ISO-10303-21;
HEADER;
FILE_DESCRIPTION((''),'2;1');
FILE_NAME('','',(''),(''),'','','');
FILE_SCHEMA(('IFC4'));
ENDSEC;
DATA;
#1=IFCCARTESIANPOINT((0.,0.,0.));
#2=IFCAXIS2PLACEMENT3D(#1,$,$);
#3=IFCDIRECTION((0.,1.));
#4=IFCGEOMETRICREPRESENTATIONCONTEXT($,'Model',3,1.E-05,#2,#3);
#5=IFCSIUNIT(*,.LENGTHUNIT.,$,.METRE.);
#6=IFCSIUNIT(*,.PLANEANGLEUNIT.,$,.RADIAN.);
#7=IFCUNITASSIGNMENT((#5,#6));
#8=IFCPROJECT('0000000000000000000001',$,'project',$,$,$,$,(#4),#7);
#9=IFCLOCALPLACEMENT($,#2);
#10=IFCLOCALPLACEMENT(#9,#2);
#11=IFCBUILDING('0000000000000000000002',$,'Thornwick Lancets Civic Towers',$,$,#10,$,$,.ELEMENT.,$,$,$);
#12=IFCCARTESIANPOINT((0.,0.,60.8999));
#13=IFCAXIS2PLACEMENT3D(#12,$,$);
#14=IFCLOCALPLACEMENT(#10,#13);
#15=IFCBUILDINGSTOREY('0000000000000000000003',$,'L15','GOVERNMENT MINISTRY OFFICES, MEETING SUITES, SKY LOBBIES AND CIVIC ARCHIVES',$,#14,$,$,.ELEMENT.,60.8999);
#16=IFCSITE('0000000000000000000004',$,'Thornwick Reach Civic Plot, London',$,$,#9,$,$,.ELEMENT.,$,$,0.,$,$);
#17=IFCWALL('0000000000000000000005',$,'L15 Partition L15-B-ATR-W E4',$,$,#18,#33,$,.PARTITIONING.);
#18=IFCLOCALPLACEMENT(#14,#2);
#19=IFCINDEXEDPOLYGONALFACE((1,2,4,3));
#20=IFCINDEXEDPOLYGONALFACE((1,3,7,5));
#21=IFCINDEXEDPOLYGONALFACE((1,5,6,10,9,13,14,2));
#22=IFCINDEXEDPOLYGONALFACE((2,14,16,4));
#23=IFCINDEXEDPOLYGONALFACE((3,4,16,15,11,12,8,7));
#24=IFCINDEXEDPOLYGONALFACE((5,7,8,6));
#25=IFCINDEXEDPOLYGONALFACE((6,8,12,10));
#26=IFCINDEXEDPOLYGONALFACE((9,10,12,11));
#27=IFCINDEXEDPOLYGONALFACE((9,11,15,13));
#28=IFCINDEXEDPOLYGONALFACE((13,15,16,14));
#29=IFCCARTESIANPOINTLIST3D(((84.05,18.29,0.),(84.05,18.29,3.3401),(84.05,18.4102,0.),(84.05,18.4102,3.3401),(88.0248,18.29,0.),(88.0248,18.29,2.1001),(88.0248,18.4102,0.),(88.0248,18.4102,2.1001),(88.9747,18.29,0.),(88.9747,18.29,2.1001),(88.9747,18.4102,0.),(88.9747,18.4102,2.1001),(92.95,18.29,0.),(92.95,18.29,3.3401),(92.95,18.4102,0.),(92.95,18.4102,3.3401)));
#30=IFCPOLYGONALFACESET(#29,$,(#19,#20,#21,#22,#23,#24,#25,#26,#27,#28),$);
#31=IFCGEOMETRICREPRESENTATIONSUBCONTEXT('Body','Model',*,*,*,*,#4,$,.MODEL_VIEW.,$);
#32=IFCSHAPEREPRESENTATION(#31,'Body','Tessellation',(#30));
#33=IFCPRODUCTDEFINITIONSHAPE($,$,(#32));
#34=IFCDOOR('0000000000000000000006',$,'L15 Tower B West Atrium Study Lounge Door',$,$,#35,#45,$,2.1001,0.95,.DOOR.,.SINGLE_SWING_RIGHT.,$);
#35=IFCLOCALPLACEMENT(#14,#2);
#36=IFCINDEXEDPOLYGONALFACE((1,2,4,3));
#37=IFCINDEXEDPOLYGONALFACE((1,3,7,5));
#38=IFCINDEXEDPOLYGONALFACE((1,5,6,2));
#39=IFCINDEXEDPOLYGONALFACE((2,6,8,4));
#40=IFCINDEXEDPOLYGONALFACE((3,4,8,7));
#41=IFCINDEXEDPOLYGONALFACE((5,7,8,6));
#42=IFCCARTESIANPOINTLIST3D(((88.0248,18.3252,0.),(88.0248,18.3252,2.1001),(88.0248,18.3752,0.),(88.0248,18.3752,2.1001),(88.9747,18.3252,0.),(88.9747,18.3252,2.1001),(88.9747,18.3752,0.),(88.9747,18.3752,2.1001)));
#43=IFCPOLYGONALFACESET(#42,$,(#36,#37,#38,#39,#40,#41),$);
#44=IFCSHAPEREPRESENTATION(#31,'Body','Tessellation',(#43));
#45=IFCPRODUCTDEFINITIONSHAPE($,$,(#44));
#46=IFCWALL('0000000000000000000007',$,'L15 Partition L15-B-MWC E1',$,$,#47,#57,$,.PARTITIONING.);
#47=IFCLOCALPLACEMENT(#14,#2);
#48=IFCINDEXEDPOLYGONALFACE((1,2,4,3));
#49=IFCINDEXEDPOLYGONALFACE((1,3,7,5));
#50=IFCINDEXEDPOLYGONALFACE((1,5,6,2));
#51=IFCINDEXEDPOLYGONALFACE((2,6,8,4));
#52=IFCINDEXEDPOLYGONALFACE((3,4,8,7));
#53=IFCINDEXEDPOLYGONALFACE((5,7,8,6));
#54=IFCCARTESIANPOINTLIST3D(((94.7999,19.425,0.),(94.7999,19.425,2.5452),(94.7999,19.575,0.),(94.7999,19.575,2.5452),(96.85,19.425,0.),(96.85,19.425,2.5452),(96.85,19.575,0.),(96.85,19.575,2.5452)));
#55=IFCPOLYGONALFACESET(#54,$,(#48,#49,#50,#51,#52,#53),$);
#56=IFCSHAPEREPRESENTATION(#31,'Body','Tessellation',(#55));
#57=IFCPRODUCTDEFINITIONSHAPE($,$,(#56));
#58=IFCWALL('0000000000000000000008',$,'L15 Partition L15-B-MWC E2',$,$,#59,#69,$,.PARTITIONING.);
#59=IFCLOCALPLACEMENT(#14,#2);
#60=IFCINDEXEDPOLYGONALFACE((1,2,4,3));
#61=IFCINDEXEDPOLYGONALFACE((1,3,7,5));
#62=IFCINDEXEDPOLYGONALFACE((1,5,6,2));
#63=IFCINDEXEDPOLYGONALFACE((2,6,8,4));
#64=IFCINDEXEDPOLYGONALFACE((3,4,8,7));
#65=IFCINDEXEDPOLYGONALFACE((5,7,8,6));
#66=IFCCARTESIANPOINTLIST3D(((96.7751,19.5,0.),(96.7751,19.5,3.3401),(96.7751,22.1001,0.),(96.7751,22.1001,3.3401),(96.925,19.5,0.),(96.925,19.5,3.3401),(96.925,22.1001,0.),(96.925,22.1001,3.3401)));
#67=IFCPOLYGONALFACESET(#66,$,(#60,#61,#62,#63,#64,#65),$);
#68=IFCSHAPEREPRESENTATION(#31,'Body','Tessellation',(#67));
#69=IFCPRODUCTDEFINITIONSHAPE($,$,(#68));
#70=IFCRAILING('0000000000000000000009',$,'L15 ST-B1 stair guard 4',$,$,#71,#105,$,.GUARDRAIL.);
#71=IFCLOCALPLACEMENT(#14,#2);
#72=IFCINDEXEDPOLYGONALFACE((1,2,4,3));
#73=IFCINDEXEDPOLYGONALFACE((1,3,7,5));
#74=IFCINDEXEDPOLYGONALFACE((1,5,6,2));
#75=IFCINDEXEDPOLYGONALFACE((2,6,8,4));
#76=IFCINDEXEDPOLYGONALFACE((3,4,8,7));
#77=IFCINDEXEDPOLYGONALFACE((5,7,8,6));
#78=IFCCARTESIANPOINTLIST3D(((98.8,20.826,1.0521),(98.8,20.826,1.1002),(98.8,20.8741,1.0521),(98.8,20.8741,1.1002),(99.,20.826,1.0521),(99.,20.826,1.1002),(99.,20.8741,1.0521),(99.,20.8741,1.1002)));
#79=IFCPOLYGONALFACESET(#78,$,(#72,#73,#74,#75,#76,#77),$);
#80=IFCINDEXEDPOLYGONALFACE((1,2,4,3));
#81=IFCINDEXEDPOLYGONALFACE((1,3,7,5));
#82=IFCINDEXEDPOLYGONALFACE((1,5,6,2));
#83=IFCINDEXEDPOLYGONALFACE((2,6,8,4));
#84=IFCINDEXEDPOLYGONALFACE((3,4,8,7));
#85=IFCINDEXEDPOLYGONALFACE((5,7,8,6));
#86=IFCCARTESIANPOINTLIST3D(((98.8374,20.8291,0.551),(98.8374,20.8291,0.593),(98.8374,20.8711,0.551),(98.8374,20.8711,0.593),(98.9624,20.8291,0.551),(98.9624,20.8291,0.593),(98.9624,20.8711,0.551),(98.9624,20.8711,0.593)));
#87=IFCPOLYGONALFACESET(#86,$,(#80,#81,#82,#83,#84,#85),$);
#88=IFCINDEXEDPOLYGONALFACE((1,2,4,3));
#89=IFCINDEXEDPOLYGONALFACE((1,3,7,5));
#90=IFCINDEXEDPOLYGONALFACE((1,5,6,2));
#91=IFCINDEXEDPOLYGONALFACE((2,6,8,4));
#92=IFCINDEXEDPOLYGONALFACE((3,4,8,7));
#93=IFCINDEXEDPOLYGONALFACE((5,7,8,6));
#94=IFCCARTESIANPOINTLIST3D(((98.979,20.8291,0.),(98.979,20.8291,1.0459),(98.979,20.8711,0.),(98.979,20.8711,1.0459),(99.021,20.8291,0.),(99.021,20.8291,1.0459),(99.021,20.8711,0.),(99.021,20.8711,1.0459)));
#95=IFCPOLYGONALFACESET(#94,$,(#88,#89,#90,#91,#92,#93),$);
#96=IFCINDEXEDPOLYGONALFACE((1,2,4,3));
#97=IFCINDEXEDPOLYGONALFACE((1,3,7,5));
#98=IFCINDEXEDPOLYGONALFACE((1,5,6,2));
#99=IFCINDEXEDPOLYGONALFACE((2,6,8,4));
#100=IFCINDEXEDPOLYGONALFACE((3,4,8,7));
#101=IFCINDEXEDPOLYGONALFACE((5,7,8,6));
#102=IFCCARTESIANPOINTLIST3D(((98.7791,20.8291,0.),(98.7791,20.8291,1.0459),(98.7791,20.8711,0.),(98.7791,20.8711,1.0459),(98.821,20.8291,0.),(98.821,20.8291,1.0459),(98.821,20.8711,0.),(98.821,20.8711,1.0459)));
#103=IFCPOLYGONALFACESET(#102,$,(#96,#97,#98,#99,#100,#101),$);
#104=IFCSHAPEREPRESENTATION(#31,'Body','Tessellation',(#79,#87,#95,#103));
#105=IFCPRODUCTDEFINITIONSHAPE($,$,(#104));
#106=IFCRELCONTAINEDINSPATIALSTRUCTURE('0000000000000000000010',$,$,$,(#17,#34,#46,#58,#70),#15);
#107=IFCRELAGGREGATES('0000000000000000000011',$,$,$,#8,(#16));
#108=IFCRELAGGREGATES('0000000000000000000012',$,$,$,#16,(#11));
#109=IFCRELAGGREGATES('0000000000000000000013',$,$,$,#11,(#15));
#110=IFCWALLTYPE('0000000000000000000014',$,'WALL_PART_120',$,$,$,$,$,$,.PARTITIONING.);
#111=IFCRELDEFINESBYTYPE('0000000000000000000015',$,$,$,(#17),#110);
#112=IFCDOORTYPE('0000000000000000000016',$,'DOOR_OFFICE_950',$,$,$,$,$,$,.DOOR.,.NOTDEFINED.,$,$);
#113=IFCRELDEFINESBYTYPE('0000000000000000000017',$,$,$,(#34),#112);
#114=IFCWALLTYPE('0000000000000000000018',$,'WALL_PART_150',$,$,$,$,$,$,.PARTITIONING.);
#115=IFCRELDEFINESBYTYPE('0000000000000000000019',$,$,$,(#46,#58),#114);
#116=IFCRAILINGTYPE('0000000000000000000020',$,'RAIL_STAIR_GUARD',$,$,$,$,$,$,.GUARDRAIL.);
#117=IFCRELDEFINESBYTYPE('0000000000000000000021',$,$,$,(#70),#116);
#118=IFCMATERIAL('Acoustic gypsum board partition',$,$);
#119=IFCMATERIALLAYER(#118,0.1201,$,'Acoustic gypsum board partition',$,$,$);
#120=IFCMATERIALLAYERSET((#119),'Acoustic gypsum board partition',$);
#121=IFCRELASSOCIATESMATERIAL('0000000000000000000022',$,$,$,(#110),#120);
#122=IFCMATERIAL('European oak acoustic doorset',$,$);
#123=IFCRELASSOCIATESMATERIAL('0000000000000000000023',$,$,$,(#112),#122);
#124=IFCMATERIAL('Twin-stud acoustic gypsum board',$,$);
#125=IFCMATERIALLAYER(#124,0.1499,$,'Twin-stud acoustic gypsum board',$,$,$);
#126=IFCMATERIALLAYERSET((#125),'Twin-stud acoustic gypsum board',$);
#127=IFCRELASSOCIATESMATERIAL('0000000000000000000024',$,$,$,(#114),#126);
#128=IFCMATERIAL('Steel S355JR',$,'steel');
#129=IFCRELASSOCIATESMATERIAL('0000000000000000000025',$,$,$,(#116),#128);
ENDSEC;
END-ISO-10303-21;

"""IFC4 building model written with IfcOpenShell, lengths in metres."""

from ifc_helpers import new_model, si_unit, direction, frame, frame_2d, origin, origin_2d, place, context, subcontext, project, spatial, rectangle, extrude, material, layer, layer_set, type_object, element, fill, save


model = new_model("IFC4")

# Units and contexts
model_context = context("Model", 3, precision=1e-05, world=origin(), true_north=direction((0.0, 1.0)))
body_context = subcontext(model_context, "Body", "Model", "MODEL_VIEW")
ifc_project = project(units=[si_unit("LENGTHUNIT", "METRE"), si_unit("PLANEANGLEUNIT", "RADIAN")], contexts=[model_context])

# Site, building, storey
site_placement = place(None, origin())
site = spatial("IfcSite", under=ifc_project, at=site_placement, Name="Thornwick Reach Civic Plot, London", CompositionType="ELEMENT", RefElevation=0.0)
building_placement = place(site_placement, origin())
building = spatial("IfcBuilding", under=site, at=building_placement, Name="Thornwick Lancets Civic Towers", CompositionType="ELEMENT")
storey_placement = place(building_placement, frame((0.0, 0.0, 60.8999)))
storey = spatial("IfcBuildingStorey", under=building, at=storey_placement, Name="L15", Description="GOVERNMENT MINISTRY OFFICES, MEETING SUITES, SKY LOBBIES AND CIVIC ARCHIVES", CompositionType="ELEMENT", Elevation=60.8999)

# Shared definitions
ifc_material_1 = material(Name="Acoustic gypsum board partition")
ifc_layer_1 = layer(ifc_material_1, 0.1201, Name="Acoustic gypsum board partition")
ifc_layer_set_1 = layer_set([ifc_layer_1], Name="Acoustic gypsum board partition")
wall_type_1 = type_object("IfcWallType", Name="WALL_PART_120", PredefinedType="PARTITIONING", material=ifc_layer_set_1)

# Wall, opening, door
wall_1_placement = place(storey_placement, frame((92.95, 18.3501, 0.0), z_axis=(0.0, 0.0, 1.0), x_axis=(-1.0, 0.0, 0.0)))
wall_1 = element("IfcWall", 1, at=wall_1_placement, inside=storey, type_object=wall_type_1, Name="L15 Partition L15-B-ATR-W E4", PredefinedType="PARTITIONING", context=body_context, shape_type="SweptSolid", body=[
    extrude(rectangle(XDim=8.8999, YDim=0.1201, at=frame_2d((4.45, 0.0))), origin(), (0.0, 0.0, 1.0), 3.3401),
])
opening_1_placement = place(wall_1_placement, frame((3.9751, 0.0, 0.0)))
opening_1 = element("IfcOpeningElement", 2, at=opening_1_placement, cuts=wall_1, PredefinedType="OPENING", context=body_context, shape_type="SweptSolid", body=[
    extrude(rectangle(XDim=0.95, YDim=2.1001, at=frame_2d((0.4751, 1.05))), frame((0.0, 0.0701, 0.0), z_axis=(0.0, -1.0, 0.0), x_axis=(1.0, 0.0, 0.0)), (0.0, 0.0, 1.0), 0.1401),
])
ifc_material_2 = material(Name="European oak acoustic doorset")
door_type_1 = type_object("IfcDoorType", Name="DOOR_OFFICE_950", OperationType="NOTDEFINED", PredefinedType="DOOR", material=ifc_material_2)
door_1_placement = place(opening_1_placement, origin())
door_1 = element("IfcDoor", 3, at=door_1_placement, inside=storey, type_object=door_type_1, Name="L15 Tower B West Atrium Study Lounge Door", OperationType="SINGLE_SWING_RIGHT", OverallHeight=2.1001, OverallWidth=0.95, PredefinedType="DOOR", context=body_context, shape_type="SweptSolid", body=[
    extrude(rectangle(XDim=0.95, YDim=2.1001, at=frame_2d((0.4751, 1.05))), frame((0.0, 0.0249, 0.0), z_axis=(0.0, -1.0, 0.0), x_axis=(1.0, 0.0, 0.0)), (0.0, 0.0, 1.0), 0.05),
])
fill(opening_1, door_1)

# Walls
ifc_material_3 = material(Name="Twin-stud acoustic gypsum board")
ifc_layer_2 = layer(ifc_material_3, 0.1499, Name="Twin-stud acoustic gypsum board")
ifc_layer_set_2 = layer_set([ifc_layer_2], Name="Twin-stud acoustic gypsum board")
wall_type_2 = type_object("IfcWallType", Name="WALL_PART_150", PredefinedType="PARTITIONING", material=ifc_layer_set_2)
wall_2_placement = place(storey_placement, frame((94.8, 19.5, 0.0), z_axis=(0.0, 0.0, 1.0), x_axis=(1.0, 0.0, 0.0)))
element("IfcWall", 4, at=wall_2_placement, inside=storey, type_object=wall_type_2, Name="L15 Partition L15-B-MWC E1", PredefinedType="PARTITIONING", context=body_context, shape_type="SweptSolid", body=[
    extrude(rectangle(XDim=2.05, YDim=0.1499, at=frame_2d((1.0249, 0.0))), origin(), (0.0, 0.0, 1.0), 2.5452),
])
wall_3_placement = place(storey_placement, frame((96.8501, 19.5, 0.0), z_axis=(0.0, 0.0, 1.0), x_axis=(0.0, 1.0, 0.0)))
element("IfcWall", 5, at=wall_3_placement, inside=storey, type_object=wall_type_2, Name="L15 Partition L15-B-MWC E2", PredefinedType="PARTITIONING", context=body_context, shape_type="SweptSolid", body=[
    extrude(rectangle(XDim=2.6001, YDim=0.1499, at=frame_2d((1.3, 0.0))), origin(), (0.0, 0.0, 1.0), 3.3401),
])

# Railing
ifc_material_4 = material(Name="Steel S355JR", Category="steel")
railing_type = type_object("IfcRailingType", Name="RAIL_STAIR_GUARD", PredefinedType="GUARDRAIL", material=ifc_material_4)
railing_placement = place(storey_placement, frame((99.0, 20.8501, 0.0)))
element("IfcRailing", 6, at=railing_placement, inside=storey, type_object=railing_type, Name="L15 ST-B1 stair guard 4", PredefinedType="GUARDRAIL", context=body_context, shape_type="SweptSolid", body=[
    extrude(rectangle(XDim=0.0481, YDim=0.0481, at=origin_2d()), frame((0.0, 0.0, 1.0762), z_axis=(-1.0, 0.0, 0.0), x_axis=(0.0, -1.0, 0.0)), (0.0, 0.0, 1.0), 0.2),
    extrude(rectangle(XDim=0.042, YDim=0.042, at=origin_2d()), frame((-0.0376, 0.0, 0.572), z_axis=(-1.0, 0.0, 0.0), x_axis=(0.0, -1.0, 0.0)), (0.0, 0.0, 1.0), 0.125),
    extrude(rectangle(XDim=0.042, YDim=0.042, at=origin_2d()), origin(), (0.0, 0.0, 1.0), 1.0459),
    extrude(rectangle(XDim=0.042, YDim=0.042, at=origin_2d()), frame((-0.2, 0.0, 0.0)), (0.0, 0.0, 1.0), 1.0459),
])

save(model, "model.ifc")
